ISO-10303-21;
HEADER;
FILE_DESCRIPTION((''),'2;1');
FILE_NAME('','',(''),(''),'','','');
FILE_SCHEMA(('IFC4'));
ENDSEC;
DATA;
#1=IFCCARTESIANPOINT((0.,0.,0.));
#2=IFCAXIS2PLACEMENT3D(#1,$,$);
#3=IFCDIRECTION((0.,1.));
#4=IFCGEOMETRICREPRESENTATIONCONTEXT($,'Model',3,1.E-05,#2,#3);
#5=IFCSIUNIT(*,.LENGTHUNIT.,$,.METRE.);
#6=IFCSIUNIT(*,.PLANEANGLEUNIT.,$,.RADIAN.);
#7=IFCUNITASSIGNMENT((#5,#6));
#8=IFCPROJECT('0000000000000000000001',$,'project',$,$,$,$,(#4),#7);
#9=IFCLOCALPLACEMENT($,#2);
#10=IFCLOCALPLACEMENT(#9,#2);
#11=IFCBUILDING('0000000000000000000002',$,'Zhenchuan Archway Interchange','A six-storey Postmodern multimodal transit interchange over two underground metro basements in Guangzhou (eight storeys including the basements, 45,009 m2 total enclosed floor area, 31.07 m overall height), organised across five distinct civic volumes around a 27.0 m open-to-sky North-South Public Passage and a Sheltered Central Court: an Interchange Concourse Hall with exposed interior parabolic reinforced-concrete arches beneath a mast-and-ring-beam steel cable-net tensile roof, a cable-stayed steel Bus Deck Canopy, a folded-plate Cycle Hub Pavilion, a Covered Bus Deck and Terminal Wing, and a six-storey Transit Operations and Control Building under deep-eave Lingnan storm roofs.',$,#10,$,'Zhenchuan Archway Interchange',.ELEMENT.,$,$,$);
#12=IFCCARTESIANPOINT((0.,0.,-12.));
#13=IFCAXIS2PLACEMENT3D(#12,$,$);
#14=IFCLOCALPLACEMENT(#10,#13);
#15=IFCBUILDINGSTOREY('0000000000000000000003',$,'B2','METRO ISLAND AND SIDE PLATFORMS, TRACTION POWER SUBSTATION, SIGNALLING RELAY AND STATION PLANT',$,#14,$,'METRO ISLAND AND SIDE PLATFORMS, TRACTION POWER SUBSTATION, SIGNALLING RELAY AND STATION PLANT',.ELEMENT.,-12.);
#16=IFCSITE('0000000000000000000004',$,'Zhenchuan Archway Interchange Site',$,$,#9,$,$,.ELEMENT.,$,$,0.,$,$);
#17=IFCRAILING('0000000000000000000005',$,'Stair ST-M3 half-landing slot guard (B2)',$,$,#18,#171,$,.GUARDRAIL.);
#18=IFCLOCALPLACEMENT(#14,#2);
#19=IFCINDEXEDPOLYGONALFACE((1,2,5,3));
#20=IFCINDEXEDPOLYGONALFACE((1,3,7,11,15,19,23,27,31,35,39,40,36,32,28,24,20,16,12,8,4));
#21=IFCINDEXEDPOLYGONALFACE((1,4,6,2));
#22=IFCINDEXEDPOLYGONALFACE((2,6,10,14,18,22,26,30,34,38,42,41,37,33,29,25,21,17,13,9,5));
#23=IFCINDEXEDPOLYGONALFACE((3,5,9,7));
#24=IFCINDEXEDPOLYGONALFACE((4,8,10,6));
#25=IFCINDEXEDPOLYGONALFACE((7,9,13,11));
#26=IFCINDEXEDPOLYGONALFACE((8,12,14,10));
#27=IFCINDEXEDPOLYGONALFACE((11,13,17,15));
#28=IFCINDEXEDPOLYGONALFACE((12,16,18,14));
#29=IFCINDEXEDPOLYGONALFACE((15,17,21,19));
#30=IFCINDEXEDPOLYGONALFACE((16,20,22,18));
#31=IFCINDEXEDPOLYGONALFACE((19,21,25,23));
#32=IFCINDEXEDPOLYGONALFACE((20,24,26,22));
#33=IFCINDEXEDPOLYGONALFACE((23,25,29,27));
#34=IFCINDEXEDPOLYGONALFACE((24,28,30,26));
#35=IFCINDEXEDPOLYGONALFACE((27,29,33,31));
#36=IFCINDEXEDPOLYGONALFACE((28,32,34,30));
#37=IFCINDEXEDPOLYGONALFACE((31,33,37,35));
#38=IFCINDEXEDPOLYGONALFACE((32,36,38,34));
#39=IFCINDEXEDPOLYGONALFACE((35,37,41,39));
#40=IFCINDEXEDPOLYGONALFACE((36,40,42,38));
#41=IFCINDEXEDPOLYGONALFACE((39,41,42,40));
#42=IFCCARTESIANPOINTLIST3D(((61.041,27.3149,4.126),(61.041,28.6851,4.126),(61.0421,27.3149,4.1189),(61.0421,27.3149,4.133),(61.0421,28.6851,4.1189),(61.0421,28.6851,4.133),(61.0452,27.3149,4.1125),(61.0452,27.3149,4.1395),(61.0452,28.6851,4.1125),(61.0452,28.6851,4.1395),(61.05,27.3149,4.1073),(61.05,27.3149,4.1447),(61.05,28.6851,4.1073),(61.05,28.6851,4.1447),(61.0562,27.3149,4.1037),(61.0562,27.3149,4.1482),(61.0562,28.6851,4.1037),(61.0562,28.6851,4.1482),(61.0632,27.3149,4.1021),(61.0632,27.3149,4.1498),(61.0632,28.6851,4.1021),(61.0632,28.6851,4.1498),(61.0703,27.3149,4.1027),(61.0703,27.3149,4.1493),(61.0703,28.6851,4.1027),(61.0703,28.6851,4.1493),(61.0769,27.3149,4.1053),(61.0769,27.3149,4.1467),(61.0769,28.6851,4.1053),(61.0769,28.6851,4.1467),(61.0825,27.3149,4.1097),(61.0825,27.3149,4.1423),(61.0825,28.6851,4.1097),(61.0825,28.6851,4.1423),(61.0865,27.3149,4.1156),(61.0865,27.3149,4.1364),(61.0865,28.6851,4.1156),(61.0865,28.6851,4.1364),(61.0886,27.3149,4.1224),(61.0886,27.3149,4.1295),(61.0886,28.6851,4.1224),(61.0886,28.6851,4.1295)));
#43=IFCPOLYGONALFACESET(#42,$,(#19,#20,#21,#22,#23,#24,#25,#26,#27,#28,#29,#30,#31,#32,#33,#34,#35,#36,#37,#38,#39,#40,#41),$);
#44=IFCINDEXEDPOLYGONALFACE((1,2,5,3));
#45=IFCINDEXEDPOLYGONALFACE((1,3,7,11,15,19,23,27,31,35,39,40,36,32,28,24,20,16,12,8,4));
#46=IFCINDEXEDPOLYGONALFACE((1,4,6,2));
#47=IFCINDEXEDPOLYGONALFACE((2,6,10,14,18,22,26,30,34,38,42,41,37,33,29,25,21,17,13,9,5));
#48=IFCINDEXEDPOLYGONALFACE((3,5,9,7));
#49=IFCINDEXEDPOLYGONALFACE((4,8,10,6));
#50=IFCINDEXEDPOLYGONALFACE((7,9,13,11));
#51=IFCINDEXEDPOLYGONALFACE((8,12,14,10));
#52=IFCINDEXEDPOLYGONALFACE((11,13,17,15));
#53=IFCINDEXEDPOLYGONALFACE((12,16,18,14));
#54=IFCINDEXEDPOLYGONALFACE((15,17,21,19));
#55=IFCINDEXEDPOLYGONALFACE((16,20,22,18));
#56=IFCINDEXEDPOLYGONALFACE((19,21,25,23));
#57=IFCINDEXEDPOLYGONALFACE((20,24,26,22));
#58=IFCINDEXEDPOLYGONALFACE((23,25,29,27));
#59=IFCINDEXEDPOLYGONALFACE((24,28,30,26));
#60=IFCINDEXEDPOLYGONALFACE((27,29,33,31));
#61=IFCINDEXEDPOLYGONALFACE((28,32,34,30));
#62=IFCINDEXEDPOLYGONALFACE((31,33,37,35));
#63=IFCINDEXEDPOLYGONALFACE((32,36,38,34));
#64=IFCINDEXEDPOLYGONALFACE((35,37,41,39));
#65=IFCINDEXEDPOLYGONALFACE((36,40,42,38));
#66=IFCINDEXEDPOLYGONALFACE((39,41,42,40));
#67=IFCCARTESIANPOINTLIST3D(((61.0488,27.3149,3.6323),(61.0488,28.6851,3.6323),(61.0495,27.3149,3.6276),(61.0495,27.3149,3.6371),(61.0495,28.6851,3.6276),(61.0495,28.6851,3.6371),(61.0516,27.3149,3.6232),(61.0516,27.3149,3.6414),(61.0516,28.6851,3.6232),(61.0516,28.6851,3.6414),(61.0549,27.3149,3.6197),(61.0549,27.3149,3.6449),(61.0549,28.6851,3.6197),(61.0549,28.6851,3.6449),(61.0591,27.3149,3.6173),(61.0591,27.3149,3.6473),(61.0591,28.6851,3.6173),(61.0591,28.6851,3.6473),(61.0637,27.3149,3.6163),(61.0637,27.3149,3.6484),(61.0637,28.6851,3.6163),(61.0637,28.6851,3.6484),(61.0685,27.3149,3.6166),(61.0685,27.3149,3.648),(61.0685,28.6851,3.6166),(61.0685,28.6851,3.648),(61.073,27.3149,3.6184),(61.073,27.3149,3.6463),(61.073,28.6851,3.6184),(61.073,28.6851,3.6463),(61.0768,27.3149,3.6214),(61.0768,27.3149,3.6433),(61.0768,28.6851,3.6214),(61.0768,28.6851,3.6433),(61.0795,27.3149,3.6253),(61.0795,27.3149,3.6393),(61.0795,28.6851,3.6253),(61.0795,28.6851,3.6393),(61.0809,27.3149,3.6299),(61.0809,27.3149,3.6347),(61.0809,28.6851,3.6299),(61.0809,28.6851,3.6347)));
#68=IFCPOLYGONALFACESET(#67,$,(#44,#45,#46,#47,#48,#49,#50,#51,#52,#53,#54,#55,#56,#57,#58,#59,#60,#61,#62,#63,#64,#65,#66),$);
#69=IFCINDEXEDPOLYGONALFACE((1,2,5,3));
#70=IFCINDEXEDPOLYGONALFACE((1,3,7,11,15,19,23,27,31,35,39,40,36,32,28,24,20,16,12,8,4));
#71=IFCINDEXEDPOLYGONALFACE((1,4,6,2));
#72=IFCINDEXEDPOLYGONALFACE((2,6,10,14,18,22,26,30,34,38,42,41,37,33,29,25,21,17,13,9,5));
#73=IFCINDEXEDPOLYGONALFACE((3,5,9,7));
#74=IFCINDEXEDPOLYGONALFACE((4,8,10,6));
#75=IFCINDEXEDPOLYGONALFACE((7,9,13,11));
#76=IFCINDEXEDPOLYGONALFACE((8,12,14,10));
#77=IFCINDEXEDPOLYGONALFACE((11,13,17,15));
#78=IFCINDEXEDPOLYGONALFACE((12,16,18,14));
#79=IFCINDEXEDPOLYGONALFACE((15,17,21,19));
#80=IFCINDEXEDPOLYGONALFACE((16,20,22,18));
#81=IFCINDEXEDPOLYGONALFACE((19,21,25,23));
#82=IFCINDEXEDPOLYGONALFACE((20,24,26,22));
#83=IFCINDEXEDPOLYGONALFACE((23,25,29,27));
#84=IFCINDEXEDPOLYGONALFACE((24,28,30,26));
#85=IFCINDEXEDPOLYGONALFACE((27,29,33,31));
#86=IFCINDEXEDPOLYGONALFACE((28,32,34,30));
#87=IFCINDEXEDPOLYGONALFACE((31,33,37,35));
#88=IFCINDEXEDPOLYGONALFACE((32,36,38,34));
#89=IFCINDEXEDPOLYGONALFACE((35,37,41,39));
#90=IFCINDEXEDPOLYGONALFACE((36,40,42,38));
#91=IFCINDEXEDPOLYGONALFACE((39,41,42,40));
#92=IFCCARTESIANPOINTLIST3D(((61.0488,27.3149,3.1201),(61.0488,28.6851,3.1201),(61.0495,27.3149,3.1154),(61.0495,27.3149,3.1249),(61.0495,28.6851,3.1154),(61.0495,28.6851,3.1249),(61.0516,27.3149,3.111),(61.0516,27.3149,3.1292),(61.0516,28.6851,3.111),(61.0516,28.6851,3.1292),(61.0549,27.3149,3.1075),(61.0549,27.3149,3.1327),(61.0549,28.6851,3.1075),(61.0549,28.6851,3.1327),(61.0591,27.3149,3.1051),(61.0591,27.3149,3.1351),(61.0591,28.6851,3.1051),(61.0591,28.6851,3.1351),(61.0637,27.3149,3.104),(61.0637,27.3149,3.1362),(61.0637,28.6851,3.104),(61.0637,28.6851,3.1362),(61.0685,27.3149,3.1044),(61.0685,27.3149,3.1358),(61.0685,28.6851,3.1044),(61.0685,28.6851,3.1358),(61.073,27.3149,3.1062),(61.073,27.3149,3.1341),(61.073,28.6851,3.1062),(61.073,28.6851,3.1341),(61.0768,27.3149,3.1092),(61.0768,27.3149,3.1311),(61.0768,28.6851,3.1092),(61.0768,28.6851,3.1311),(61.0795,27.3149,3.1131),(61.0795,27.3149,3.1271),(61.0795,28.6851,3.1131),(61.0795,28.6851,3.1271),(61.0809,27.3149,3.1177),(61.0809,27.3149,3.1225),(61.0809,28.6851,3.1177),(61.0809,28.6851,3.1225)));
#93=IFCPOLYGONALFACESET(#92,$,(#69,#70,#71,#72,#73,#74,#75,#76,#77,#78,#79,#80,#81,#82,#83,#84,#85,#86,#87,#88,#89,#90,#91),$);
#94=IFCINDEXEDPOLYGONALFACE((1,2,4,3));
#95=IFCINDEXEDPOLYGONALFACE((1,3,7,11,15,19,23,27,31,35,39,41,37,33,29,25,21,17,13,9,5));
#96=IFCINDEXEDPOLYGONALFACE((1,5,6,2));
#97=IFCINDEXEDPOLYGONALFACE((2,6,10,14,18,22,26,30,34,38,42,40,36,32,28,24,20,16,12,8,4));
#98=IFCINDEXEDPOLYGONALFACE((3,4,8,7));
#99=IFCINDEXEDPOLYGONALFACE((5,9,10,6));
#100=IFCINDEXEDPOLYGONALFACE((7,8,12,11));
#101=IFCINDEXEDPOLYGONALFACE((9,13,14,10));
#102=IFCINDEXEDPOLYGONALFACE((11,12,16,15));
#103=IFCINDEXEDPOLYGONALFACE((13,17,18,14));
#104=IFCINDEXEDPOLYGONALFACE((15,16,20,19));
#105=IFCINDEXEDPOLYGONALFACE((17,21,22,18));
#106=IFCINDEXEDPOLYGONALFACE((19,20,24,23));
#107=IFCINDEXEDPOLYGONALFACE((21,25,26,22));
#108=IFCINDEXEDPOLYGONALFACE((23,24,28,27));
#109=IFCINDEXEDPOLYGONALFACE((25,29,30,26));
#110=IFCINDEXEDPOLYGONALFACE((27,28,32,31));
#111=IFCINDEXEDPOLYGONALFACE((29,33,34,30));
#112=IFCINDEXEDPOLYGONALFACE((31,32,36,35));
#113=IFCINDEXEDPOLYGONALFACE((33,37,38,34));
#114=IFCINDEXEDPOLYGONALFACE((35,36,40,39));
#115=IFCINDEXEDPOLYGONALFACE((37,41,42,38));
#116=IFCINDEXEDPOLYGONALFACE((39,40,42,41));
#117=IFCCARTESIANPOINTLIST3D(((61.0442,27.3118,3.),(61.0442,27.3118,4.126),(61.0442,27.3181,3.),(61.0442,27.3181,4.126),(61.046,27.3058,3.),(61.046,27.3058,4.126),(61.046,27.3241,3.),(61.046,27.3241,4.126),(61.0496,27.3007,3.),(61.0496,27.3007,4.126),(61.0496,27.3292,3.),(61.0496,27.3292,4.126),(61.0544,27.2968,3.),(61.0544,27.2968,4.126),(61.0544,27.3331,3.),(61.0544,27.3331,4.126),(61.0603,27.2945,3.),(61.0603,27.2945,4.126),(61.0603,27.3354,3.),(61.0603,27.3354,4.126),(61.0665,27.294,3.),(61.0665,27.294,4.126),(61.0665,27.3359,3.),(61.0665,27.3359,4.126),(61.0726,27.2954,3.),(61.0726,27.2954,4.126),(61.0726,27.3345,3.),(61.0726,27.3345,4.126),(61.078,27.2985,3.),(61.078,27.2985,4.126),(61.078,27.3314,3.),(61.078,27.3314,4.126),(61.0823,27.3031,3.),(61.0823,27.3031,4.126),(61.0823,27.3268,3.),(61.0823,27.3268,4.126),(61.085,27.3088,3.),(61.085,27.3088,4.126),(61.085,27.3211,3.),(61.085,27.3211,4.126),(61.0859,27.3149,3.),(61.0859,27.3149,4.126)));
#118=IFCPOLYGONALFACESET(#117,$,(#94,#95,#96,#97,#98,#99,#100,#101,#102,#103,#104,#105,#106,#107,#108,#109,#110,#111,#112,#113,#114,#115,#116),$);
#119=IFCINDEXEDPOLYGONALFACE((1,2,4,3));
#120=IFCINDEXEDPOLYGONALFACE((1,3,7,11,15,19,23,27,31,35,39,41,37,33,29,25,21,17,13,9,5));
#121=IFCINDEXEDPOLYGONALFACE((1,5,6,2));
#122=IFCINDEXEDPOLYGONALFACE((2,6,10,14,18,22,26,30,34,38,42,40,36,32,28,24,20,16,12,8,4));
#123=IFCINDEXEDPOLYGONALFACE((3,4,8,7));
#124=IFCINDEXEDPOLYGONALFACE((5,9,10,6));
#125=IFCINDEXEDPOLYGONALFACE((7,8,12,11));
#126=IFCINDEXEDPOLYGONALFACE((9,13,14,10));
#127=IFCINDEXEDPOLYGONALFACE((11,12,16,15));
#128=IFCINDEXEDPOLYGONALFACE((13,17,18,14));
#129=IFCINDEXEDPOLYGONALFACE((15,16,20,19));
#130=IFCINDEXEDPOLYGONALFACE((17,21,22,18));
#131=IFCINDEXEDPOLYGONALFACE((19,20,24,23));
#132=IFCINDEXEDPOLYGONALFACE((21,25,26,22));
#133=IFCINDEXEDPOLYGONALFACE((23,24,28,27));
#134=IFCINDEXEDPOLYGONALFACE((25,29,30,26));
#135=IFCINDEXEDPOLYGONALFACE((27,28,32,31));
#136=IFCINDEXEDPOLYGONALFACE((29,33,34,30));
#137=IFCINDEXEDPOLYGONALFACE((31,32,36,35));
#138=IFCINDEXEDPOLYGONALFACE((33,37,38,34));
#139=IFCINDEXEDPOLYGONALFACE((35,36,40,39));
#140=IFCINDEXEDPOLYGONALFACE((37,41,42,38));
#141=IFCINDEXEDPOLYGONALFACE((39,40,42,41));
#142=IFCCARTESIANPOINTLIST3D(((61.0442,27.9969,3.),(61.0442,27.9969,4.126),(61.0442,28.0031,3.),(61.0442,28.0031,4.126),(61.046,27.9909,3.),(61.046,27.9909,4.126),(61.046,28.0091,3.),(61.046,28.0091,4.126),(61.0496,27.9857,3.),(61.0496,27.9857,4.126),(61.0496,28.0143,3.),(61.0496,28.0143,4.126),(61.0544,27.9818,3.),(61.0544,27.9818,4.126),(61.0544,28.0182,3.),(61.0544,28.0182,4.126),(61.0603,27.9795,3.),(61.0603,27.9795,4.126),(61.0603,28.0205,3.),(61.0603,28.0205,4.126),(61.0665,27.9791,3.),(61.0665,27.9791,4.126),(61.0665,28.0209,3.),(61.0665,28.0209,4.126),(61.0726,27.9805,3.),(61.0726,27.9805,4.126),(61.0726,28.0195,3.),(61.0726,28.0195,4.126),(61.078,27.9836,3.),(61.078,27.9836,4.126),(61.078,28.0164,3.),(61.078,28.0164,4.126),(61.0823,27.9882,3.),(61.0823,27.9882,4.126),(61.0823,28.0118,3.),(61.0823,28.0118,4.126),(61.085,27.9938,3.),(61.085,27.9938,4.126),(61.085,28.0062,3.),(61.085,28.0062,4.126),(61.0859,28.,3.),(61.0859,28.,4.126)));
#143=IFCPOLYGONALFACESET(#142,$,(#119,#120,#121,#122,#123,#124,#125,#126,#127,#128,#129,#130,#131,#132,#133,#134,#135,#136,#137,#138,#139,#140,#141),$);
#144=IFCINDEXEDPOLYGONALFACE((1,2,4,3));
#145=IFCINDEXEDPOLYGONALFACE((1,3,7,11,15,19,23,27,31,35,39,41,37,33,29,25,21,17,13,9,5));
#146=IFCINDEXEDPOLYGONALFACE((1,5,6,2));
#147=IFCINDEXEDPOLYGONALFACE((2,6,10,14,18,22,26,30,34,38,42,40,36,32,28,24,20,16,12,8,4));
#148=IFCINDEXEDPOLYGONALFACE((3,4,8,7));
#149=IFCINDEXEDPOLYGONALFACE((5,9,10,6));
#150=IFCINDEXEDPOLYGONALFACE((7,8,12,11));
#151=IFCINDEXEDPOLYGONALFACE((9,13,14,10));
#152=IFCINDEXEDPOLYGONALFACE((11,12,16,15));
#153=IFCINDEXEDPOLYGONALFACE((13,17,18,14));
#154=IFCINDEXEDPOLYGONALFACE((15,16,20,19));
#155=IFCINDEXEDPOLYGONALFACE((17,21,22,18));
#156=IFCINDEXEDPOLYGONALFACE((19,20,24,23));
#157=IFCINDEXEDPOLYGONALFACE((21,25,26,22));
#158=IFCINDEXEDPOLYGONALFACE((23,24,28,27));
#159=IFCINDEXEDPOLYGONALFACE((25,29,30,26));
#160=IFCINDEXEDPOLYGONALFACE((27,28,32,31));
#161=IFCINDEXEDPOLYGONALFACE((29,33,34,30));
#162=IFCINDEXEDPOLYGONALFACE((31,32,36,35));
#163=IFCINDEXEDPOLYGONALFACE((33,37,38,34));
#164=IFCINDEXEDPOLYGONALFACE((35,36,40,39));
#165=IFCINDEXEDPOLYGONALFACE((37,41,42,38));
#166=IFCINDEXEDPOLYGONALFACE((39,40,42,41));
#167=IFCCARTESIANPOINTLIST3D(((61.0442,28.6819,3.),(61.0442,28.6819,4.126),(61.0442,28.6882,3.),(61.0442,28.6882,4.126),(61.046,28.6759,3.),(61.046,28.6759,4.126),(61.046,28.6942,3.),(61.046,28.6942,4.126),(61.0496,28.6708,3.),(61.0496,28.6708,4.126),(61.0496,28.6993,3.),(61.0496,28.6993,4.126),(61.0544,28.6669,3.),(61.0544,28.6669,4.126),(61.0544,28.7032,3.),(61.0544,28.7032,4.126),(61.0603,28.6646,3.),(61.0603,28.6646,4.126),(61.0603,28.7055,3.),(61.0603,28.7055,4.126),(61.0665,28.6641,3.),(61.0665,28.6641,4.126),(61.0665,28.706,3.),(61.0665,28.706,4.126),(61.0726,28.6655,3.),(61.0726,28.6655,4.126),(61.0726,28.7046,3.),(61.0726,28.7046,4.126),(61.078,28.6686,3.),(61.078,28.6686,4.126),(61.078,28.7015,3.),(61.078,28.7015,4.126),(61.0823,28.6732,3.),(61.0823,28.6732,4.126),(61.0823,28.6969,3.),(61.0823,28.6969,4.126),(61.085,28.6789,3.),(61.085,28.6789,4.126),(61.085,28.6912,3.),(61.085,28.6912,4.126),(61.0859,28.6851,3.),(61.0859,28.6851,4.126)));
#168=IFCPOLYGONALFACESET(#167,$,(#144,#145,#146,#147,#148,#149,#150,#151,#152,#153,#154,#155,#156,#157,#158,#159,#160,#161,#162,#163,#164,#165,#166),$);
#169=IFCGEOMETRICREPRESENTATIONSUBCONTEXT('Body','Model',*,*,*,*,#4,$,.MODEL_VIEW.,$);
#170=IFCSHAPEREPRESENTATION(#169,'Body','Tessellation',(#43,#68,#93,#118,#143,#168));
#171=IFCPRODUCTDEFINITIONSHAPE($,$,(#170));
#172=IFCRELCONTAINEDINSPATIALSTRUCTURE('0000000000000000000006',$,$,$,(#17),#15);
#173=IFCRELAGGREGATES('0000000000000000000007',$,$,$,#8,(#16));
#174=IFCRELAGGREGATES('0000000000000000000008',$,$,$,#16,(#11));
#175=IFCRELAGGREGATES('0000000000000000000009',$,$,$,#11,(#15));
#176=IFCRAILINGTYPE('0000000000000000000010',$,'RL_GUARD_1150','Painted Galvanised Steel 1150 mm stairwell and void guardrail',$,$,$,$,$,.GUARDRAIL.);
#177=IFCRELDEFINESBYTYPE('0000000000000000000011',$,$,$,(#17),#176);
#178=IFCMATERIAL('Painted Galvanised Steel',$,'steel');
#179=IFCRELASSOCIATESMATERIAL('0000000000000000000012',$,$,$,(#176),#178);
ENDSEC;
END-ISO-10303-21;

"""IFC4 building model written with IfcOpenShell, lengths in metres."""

from ifc_helpers import new_model, si_unit, direction, frame, origin, origin_2d, place, context, subcontext, project, spatial, circle, extrude, material, type_object, element, save


model = new_model("IFC4")

# Units and contexts
model_context = context("Model", 3, precision=1e-05, world=origin(), true_north=direction((0.0, 1.0)))
body_context = subcontext(model_context, "Body", "Model", "MODEL_VIEW")
ifc_project = project(units=[si_unit("LENGTHUNIT", "METRE"), si_unit("PLANEANGLEUNIT", "RADIAN")], contexts=[model_context])

# Site, building, storey
site_placement = place(None, origin())
site = spatial("IfcSite", under=ifc_project, at=site_placement, Name="Zhenchuan Archway Interchange Site", CompositionType="ELEMENT", RefElevation=0.0)
building_placement = place(site_placement, origin())
building = spatial("IfcBuilding", under=site, at=building_placement, Name="Zhenchuan Archway Interchange", Description="A six-storey Postmodern multimodal transit interchange over two underground metro basements in Guangzhou (eight storeys including the basements, 45,009 m2 total enclosed floor area, 31.07 m overall height), organised across five distinct civic volumes around a 27.0 m open-to-sky North-South Public Passage and a Sheltered Central Court: an Interchange Concourse Hall with exposed interior parabolic reinforced-concrete arches beneath a mast-and-ring-beam steel cable-net tensile roof, a cable-stayed steel Bus Deck Canopy, a folded-plate Cycle Hub Pavilion, a Covered Bus Deck and Terminal Wing, and a six-storey Transit Operations and Control Building under deep-eave Lingnan storm roofs.", LongName="Zhenchuan Archway Interchange", CompositionType="ELEMENT")
storey_placement = place(building_placement, frame((0.0, 0.0, -12.0)))
storey = spatial("IfcBuildingStorey", under=building, at=storey_placement, Name="B2", Description="METRO ISLAND AND SIDE PLATFORMS, TRACTION POWER SUBSTATION, SIGNALLING RELAY AND STATION PLANT", LongName="METRO ISLAND AND SIDE PLATFORMS, TRACTION POWER SUBSTATION, SIGNALLING RELAY AND STATION PLANT", CompositionType="ELEMENT", Elevation=-12.0)

# Shared definitions
ifc_material_1 = material(Name="Painted Galvanised Steel", Category="steel")

# Railing
railing_type_1 = type_object("IfcRailingType", Name="RL_GUARD_1150", Description="Painted Galvanised Steel 1150 mm stairwell and void guardrail", PredefinedType="GUARDRAIL", material=ifc_material_1)
railing_placement = place(storey_placement, frame((61.0649, 27.3149, 3.0)))
element("IfcRailing", 1, at=railing_placement, inside=storey, type_object=railing_type_1, Name="Stair ST-M3 half-landing slot guard (B2)", PredefinedType="GUARDRAIL", context=body_context, shape_type="SweptSolid", body=[
    extrude(circle(Radius=0.0239, at=origin_2d()), frame((0.0, 0.0, 1.126), z_axis=(0.0, 1.0, 0.0), x_axis=(-1.0, 0.0, 0.0)), (0.0, 0.0, 1.0), 1.3701),
    extrude(circle(Radius=0.0161, at=origin_2d()), frame((0.0, 0.0, 0.6323), z_axis=(0.0, 1.0, 0.0), x_axis=(-1.0, 0.0, 0.0)), (0.0, 0.0, 1.0), 1.3701),
    extrude(circle(Radius=0.0161, at=origin_2d()), frame((0.0, 0.0, 0.1201), z_axis=(0.0, 1.0, 0.0), x_axis=(-1.0, 0.0, 0.0)), (0.0, 0.0, 1.0), 1.3701),
    extrude(circle(Radius=0.021, at=origin_2d()), origin(), (0.0, 0.0, 1.0), 1.126),
    extrude(circle(Radius=0.021, at=origin_2d()), frame((0.0, 0.6851, 0.0)), (0.0, 0.0, 1.0), 1.126),
    extrude(circle(Radius=0.021, at=origin_2d()), frame((0.0, 1.3701, 0.0)), (0.0, 0.0, 1.0), 1.126),
])

save(model, "model.ifc")
